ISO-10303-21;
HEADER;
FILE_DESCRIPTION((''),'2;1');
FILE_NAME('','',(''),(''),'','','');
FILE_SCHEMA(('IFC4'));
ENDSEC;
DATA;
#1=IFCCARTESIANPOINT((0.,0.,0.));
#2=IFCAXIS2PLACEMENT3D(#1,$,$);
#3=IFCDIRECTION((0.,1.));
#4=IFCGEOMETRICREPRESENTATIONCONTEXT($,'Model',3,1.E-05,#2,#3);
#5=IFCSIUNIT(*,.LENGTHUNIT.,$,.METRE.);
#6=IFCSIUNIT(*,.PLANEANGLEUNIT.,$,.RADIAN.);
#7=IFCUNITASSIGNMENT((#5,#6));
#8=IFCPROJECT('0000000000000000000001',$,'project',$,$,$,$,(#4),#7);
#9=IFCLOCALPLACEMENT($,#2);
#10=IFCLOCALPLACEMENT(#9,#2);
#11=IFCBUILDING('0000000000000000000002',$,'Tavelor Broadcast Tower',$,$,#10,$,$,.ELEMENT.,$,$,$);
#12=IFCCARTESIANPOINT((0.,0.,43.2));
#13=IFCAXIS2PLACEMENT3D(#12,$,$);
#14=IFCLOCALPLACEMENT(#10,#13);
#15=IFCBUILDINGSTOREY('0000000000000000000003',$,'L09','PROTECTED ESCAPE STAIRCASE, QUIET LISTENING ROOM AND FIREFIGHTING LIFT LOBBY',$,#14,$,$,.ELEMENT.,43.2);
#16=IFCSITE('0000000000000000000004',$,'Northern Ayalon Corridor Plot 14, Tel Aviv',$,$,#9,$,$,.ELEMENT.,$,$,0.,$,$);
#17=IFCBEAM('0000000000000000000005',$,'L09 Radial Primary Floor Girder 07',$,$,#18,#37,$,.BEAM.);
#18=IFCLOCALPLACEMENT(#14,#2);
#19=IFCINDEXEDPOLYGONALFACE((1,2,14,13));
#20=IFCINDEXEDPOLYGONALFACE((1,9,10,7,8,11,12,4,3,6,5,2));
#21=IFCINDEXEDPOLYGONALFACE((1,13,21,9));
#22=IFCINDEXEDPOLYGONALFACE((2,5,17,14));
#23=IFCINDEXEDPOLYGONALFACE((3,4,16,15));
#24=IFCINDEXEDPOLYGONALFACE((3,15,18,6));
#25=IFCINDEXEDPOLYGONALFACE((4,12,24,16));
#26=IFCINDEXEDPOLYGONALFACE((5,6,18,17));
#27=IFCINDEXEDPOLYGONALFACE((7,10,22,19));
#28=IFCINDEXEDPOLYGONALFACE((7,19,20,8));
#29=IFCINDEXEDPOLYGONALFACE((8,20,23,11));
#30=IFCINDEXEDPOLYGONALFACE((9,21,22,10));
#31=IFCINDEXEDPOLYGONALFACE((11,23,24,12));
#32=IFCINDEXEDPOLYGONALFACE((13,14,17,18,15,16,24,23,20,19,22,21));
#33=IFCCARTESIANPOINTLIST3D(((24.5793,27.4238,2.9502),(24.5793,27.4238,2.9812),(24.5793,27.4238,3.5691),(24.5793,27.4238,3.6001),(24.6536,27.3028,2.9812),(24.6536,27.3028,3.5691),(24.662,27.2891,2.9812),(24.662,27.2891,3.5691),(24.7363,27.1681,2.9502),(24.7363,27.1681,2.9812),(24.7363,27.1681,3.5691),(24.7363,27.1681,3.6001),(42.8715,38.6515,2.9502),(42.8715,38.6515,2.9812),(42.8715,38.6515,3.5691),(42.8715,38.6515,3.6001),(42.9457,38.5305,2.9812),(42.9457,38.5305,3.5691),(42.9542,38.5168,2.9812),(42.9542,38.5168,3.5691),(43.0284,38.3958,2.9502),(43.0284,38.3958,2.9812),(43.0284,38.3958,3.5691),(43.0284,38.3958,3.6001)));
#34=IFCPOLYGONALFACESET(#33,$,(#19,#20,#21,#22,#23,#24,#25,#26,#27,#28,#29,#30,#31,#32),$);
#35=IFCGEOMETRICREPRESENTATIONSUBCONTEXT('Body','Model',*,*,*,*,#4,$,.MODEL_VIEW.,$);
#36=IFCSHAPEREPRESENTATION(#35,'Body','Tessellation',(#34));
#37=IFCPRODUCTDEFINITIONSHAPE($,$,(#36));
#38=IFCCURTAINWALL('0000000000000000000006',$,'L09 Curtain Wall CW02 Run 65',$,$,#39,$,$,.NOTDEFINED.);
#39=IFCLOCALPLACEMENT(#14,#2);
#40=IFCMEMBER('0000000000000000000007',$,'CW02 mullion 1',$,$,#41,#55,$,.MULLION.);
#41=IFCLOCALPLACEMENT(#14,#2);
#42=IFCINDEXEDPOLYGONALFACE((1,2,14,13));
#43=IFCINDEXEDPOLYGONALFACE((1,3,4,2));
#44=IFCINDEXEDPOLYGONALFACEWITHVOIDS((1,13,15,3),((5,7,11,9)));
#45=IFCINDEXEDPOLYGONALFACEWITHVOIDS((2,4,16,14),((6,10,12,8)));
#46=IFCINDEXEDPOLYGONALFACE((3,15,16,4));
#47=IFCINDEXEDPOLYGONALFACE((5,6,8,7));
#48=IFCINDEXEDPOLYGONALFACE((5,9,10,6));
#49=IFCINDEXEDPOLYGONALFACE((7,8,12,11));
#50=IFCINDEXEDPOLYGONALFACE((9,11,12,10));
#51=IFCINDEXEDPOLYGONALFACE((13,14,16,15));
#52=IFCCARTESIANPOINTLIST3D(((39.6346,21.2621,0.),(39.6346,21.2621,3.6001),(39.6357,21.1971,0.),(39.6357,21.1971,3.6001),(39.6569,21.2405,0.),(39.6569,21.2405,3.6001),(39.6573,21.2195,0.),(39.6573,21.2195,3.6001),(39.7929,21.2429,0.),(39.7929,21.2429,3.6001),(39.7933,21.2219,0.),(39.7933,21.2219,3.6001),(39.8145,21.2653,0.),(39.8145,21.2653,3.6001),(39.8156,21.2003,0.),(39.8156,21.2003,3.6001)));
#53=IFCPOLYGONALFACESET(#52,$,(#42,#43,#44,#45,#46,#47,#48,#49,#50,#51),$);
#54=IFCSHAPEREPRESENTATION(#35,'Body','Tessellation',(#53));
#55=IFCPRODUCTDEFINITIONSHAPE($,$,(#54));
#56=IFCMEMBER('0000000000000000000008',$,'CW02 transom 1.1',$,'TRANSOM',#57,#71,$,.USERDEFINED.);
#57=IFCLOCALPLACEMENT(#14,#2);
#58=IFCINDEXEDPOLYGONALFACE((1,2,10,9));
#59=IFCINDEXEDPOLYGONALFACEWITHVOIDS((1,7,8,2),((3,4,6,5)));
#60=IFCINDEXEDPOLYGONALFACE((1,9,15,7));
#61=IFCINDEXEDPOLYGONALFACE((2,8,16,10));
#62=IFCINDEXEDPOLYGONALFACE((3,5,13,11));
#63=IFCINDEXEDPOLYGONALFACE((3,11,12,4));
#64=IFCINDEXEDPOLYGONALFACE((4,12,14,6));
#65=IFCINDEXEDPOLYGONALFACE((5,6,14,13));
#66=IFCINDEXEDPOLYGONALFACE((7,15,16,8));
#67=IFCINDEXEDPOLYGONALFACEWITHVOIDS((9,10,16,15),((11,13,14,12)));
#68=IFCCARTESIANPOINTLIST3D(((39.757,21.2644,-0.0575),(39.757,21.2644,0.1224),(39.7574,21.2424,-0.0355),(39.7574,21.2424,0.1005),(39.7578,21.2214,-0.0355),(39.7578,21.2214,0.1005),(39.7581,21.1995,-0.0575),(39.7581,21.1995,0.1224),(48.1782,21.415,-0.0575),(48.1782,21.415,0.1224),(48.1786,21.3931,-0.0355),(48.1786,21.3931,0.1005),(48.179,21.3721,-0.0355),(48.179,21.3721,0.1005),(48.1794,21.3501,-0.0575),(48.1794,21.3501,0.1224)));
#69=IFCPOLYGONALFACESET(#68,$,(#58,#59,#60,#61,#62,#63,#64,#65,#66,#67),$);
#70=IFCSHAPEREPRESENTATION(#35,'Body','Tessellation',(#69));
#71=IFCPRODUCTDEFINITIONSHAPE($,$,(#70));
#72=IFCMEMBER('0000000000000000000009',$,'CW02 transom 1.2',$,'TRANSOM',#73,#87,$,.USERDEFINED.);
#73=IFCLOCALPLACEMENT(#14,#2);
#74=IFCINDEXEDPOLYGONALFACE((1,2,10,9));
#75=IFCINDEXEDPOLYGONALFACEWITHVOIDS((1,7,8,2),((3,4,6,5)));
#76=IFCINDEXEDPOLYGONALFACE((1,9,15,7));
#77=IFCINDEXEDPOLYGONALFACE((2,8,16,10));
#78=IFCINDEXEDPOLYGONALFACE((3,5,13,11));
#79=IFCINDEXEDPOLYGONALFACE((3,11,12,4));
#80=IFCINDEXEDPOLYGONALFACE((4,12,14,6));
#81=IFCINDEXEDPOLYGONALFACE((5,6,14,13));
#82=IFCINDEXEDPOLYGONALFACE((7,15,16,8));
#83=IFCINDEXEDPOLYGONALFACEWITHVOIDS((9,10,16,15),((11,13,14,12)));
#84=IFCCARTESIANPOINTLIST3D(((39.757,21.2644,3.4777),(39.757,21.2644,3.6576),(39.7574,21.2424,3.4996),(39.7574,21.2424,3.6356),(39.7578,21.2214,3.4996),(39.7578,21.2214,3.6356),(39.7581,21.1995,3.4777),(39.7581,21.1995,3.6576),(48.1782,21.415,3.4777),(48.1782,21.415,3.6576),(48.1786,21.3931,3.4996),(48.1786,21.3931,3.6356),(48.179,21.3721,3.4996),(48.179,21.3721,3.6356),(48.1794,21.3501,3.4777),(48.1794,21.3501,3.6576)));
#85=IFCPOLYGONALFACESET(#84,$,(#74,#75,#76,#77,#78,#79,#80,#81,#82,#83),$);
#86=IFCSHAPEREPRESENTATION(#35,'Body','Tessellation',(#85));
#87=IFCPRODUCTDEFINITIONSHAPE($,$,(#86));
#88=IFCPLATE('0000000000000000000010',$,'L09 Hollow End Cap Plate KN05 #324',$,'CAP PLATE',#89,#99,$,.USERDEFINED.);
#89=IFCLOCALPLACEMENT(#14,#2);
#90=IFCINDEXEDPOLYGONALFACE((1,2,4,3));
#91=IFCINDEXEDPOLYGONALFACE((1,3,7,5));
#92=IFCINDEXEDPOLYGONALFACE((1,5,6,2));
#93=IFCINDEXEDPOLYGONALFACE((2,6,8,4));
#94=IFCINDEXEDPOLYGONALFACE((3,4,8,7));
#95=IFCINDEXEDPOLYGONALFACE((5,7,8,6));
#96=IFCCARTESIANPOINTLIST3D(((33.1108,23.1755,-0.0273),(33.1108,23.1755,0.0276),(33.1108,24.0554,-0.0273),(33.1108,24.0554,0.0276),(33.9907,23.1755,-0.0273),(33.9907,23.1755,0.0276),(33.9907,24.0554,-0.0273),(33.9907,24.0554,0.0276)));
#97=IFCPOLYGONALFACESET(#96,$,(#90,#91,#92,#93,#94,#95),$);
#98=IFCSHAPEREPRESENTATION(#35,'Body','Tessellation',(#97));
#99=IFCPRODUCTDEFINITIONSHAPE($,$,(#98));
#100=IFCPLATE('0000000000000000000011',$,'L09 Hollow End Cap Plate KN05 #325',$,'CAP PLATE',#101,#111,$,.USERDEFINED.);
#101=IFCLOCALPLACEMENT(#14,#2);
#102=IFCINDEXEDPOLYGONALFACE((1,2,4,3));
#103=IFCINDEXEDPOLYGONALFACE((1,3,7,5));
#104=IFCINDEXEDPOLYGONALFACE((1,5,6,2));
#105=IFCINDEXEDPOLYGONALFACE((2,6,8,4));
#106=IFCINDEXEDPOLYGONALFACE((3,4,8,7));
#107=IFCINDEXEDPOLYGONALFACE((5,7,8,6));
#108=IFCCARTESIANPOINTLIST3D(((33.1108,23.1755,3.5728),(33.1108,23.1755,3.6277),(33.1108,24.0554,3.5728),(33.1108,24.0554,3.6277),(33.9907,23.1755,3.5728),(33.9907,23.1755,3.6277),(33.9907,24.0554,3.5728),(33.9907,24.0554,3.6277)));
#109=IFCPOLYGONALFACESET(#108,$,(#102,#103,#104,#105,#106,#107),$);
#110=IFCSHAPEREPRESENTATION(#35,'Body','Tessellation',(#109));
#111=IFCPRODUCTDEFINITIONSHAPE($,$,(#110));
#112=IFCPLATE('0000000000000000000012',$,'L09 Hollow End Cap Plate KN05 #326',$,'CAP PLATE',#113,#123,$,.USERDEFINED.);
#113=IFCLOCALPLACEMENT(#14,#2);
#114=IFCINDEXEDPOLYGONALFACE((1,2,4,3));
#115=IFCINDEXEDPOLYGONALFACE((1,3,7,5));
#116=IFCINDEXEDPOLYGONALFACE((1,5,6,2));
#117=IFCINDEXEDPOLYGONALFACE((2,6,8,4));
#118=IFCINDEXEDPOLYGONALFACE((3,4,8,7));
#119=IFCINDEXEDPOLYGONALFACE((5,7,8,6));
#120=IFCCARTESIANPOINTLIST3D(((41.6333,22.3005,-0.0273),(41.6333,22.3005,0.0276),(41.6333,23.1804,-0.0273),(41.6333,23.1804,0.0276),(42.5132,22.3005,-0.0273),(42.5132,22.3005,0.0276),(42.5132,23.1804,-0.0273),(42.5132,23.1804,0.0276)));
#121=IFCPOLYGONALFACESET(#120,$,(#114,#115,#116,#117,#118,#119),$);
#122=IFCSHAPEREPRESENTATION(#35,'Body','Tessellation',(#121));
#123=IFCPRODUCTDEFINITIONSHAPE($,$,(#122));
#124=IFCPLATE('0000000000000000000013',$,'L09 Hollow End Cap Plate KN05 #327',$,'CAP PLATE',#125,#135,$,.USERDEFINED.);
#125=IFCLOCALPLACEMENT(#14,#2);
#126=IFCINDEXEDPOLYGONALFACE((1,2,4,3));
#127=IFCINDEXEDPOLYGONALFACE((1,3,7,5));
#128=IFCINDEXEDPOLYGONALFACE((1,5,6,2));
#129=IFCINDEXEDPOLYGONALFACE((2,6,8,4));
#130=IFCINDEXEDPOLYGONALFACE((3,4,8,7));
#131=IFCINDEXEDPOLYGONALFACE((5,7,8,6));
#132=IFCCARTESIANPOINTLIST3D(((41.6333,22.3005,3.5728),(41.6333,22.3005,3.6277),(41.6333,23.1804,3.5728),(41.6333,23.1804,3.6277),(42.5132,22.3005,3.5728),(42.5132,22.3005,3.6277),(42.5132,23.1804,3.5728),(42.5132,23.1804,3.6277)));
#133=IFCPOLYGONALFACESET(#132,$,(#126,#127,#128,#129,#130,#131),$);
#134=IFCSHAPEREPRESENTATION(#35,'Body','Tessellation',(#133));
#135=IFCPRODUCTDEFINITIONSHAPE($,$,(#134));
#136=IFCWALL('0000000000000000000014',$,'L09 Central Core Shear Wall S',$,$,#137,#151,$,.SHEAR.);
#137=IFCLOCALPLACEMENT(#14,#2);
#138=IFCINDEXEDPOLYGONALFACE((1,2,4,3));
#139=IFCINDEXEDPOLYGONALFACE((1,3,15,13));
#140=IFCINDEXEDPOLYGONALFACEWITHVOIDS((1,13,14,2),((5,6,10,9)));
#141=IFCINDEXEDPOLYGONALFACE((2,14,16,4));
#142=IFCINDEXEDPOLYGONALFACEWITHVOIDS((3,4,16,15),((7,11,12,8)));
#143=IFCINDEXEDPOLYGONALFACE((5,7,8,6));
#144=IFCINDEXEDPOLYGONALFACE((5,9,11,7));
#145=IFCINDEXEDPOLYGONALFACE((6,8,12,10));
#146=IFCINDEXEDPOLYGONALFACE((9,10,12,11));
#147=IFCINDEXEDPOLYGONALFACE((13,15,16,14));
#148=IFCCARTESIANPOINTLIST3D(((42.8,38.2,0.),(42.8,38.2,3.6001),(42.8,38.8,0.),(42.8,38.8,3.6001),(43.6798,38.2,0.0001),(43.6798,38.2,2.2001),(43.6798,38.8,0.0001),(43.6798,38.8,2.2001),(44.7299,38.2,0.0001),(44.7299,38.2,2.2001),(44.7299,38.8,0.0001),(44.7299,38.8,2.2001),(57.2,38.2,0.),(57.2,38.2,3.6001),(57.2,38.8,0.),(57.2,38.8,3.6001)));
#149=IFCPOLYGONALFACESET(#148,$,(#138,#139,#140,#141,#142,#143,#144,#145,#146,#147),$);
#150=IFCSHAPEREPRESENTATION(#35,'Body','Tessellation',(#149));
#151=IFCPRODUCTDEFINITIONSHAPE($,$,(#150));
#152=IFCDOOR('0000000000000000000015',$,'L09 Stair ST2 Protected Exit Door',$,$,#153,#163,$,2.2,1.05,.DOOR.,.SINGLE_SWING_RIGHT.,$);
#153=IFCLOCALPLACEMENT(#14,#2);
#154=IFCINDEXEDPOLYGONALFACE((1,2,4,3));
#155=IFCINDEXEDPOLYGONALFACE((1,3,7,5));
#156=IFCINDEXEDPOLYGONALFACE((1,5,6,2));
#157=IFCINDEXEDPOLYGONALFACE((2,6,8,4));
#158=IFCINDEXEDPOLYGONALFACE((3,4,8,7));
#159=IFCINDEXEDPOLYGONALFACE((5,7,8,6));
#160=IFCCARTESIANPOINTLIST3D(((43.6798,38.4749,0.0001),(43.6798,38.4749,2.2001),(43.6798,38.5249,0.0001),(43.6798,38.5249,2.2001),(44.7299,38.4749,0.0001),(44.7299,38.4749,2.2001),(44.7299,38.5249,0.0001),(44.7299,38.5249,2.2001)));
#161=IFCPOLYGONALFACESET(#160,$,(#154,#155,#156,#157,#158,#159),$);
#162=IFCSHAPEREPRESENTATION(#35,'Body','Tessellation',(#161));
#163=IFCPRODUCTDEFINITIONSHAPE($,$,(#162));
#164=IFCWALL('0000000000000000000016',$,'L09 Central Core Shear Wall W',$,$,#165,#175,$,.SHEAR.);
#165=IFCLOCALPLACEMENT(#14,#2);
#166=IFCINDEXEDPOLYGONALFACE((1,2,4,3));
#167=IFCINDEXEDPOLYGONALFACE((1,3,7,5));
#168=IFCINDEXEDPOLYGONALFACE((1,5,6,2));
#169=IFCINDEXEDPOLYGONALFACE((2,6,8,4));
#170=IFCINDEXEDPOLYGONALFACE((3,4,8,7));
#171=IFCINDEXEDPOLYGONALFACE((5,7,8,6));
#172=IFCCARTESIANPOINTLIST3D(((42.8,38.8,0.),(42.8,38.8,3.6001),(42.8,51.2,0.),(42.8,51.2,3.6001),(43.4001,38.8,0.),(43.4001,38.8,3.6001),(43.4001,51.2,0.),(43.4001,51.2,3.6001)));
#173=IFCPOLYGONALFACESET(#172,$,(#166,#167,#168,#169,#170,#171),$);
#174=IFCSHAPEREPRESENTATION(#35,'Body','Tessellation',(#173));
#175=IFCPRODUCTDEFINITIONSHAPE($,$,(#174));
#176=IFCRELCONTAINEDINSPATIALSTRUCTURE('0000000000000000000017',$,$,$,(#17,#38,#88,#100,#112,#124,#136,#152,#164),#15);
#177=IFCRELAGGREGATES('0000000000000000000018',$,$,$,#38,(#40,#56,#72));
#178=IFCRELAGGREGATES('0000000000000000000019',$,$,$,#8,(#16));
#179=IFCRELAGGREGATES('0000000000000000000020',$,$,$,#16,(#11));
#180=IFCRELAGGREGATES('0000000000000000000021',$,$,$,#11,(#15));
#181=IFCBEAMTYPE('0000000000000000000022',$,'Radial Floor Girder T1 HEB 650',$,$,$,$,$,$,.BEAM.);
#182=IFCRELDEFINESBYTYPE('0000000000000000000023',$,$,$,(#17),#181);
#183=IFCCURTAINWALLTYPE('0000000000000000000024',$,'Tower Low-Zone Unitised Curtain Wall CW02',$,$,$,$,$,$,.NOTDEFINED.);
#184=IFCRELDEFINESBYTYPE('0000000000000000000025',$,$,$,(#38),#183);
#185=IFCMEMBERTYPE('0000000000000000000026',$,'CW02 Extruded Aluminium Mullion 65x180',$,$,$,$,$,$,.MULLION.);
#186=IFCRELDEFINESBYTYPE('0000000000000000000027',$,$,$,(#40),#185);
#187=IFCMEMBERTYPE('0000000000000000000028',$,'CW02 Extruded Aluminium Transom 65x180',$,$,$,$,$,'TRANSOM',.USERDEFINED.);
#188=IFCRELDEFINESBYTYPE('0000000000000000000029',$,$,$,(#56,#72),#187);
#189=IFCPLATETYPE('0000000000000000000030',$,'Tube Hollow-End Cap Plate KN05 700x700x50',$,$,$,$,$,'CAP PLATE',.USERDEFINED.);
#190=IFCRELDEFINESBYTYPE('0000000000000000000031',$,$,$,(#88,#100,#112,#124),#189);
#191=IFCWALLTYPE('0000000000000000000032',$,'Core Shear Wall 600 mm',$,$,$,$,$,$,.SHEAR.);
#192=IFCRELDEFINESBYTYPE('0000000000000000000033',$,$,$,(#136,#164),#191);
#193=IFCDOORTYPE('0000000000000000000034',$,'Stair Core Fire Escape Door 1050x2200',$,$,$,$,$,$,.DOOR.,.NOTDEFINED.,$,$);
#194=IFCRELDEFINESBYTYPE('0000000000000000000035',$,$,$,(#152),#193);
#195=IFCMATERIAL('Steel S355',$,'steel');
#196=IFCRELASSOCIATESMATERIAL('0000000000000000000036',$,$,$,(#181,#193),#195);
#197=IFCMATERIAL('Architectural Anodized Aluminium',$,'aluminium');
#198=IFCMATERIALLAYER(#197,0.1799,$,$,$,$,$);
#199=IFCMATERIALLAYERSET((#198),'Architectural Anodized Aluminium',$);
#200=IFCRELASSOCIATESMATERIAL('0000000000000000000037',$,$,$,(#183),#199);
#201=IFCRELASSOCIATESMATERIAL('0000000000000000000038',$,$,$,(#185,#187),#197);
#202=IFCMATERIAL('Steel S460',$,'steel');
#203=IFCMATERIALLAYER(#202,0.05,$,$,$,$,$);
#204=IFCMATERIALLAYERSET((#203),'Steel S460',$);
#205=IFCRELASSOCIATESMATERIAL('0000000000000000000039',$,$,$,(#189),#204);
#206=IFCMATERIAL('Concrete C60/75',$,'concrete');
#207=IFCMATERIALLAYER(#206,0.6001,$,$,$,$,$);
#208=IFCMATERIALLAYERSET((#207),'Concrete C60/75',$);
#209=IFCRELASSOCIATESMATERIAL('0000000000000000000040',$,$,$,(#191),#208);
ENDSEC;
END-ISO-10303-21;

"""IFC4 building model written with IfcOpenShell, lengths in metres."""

from ifc_helpers import new_model, si_unit, direction, frame, frame_2d, origin, origin_2d, place, context, subcontext, project, spatial, rectangle, hollow_rectangle, i_section, extrude, source, transform, mapped, material, layer, layer_set, material_profile, profile_set, type_object, type_shapes, element, fill, aggregate, save


model = new_model("IFC4")

# Units and contexts
model_context = context("Model", 3, precision=1e-05, world=origin(), true_north=direction((0.0, 1.0)))
body_context = subcontext(model_context, "Body", "Model", "MODEL_VIEW")
ifc_project = project(units=[si_unit("LENGTHUNIT", "METRE"), si_unit("PLANEANGLEUNIT", "RADIAN")], contexts=[model_context])

# Site, building, storey
site_placement = place(None, origin())
site = spatial("IfcSite", under=ifc_project, at=site_placement, Name="Northern Ayalon Corridor Plot 14, Tel Aviv", CompositionType="ELEMENT", RefElevation=0.0)
building_placement = place(site_placement, origin())
building = spatial("IfcBuilding", under=site, at=building_placement, Name="Tavelor Broadcast Tower", CompositionType="ELEMENT")
storey_placement = place(building_placement, frame((0.0, 0.0, 43.2)))
storey = spatial("IfcBuildingStorey", under=building, at=storey_placement, Name="L09", Description="PROTECTED ESCAPE STAIRCASE, QUIET LISTENING ROOM AND FIREFIGHTING LIFT LOBBY", CompositionType="ELEMENT", Elevation=43.2)

# Shared definitions
ifc_material_1 = material(Name="Steel S460", Category="steel")

# Beam
ifc_material_2 = material(Name="Steel S355", Category="steel")
ifc_material_profile_1 = material_profile(ifc_material_2, i_section(OverallWidth=0.3, OverallDepth=0.6499, WebThickness=0.0161, FlangeThickness=0.031, at=origin_2d()), Name="HEB 650")
ifc_profile_set_1 = profile_set([ifc_material_profile_1], Name="Steel S355")
beam_type_1 = type_object("IfcBeamType", Name="Radial Floor Girder T1 HEB 650", PredefinedType="BEAM", material=ifc_profile_set_1)
beam_1_placement = place(storey_placement, frame((42.95, 38.5237, 3.2751), z_axis=(-0.85226, -0.523118, 0.0), x_axis=(0.523118, -0.85226, 0.0)))
element("IfcBeam", 1, at=beam_1_placement, inside=storey, type_object=beam_type_1, Name="L09 Radial Primary Floor Girder 07", PredefinedType="BEAM", context=body_context, shape_type="SweptSolid", body=[
    extrude(i_section(OverallWidth=0.3, OverallDepth=0.6499, WebThickness=0.0161, FlangeThickness=0.031, at=origin_2d()), origin(), (0.0, 0.0, 1.0), 21.4631),
])

# Curtain wall, members
ifc_material_3 = material(Name="Architectural Anodized Aluminium", Category="aluminium")
ifc_layer_1 = layer(ifc_material_3, 0.1799)
ifc_layer_set_1 = layer_set([ifc_layer_1], Name="Architectural Anodized Aluminium")
curtain_wall_type = type_object("IfcCurtainWallType", Name="Tower Low-Zone Unitised Curtain Wall CW02", PredefinedType="NOTDEFINED", material=ifc_layer_set_1)
curtain_wall_placement = place(storey_placement, origin())
curtain_wall = element("IfcCurtainWall", 2, at=curtain_wall_placement, inside=storey, type_object=curtain_wall_type, Name="L09 Curtain Wall CW02 Run 65", PredefinedType="NOTDEFINED")
ifc_material_profile_2 = material_profile(ifc_material_3, hollow_rectangle(XDim=0.0649, YDim=0.1799, WallThickness=0.022, at=origin_2d()), Name="RHS 65x180x22")
ifc_profile_set_2 = profile_set([ifc_material_profile_2], Name="Architectural Anodized Aluminium")
member_type_1 = type_object("IfcMemberType", Name="CW02 Extruded Aluminium Mullion 65x180", PredefinedType="MULLION", material=ifc_profile_set_2)
shared_shape_1 = source(origin(), body_context, "Body", "SweptSolid", [
    extrude(hollow_rectangle(XDim=0.0649, YDim=0.1799, WallThickness=0.022, at=origin_2d()), origin(), (0.0, 0.0, 1.0), 3.6001),
])
type_shapes(member_type_1, [shared_shape_1])
member_1_placement = place(storey_placement, frame((39.7251, 21.2312, 0.0), z_axis=(0.0, 0.0, 1.0), x_axis=(-0.01789, 0.99984, 0.0)))
member_1 = element("IfcMember", 3, at=member_1_placement, type_object=member_type_1, Name="CW02 mullion 1", PredefinedType="MULLION", context=body_context, shape_type="MappedRepresentation", body=[
    mapped(shared_shape_1, transform((0.0, 0.0, 0.0), scale=1.0)),
])
ifc_material_profile_3 = material_profile(ifc_material_3, hollow_rectangle(XDim=0.0649, YDim=0.1799, WallThickness=0.022, at=origin_2d()), Name="RHS 65x180x22")
ifc_profile_set_3 = profile_set([ifc_material_profile_3], Name="Architectural Anodized Aluminium")
member_type_2 = type_object("IfcMemberType", Name="CW02 Extruded Aluminium Transom 65x180", ElementType="TRANSOM", PredefinedType="USERDEFINED", material=ifc_profile_set_3)
shared_shape_2 = source(origin(), body_context, "Body", "SweptSolid", [
    extrude(hollow_rectangle(XDim=0.0649, YDim=0.1799, WallThickness=0.022, at=origin_2d()), origin(), (0.0, 0.0, 1.0), 8.4226),
])
type_shapes(member_type_2, [shared_shape_2])
member_2_placement = place(storey_placement, frame((39.7576, 21.2319, 0.0325), z_axis=(0.99984, 0.017885, 0.0), x_axis=(-0.017885, 0.99984, 0.0)))
member_2 = element("IfcMember", 4, at=member_2_placement, type_object=member_type_2, Name="CW02 transom 1.1", ObjectType="TRANSOM", PredefinedType="USERDEFINED", context=body_context, shape_type="MappedRepresentation", body=[
    mapped(shared_shape_2, transform((0.0, 0.0, 0.0), scale=1.0)),
])
member_3_placement = place(storey_placement, frame((39.7576, 21.2319, 3.5676), z_axis=(0.99984, 0.017885, 0.0), x_axis=(-0.017885, 0.99984, 0.0)))
member_3 = element("IfcMember", 5, at=member_3_placement, type_object=member_type_2, Name="CW02 transom 1.2", ObjectType="TRANSOM", PredefinedType="USERDEFINED", context=body_context, shape_type="MappedRepresentation", body=[
    mapped(shared_shape_2, transform((0.0, 0.0, 0.0), scale=1.0)),
])
aggregate(curtain_wall, [member_1, member_2, member_3])

# Plates
ifc_layer_2 = layer(ifc_material_1, 0.05)
ifc_layer_set_2 = layer_set([ifc_layer_2], Name="Steel S460")
plate_type = type_object("IfcPlateType", Name="Tube Hollow-End Cap Plate KN05 700x700x50", ElementType="CAP PLATE", PredefinedType="USERDEFINED", material=ifc_layer_set_2)
shared_shape_3 = source(origin(), body_context, "Body", "SweptSolid", [
    extrude(rectangle(XDim=0.8799, YDim=0.8799, at=origin_2d()), origin(), (0.0, 0.0, 1.0), 0.0549),
])
type_shapes(plate_type, [shared_shape_3])
for number, where, z_axis, x_axis, name in (
    (6, (33.5508, 23.6155, -0.0273), (0.0, 0.0, 1.0), (1.0, 0.0, 0.0), "L09 Hollow End Cap Plate KN05 #324"),
    (7, (33.5508, 23.6155, 3.5728), (0.0, 0.0, 1.0), (1.0, 0.0, 0.0), "L09 Hollow End Cap Plate KN05 #325"),
    (8, (42.0732, 22.7405, -0.0273), (0.0, 0.0, 1.0), (1.0, 0.0, 0.0), "L09 Hollow End Cap Plate KN05 #326"),
    (9, (42.0732, 22.7405, 3.5728), (0.0, 0.0, 1.0), (1.0, 0.0, 0.0), "L09 Hollow End Cap Plate KN05 #327"),
):
    element("IfcPlate", number, at=place(storey_placement, frame(where, z_axis=z_axis, x_axis=x_axis)), inside=storey, type_object=plate_type, Name=name, ObjectType="CAP PLATE", PredefinedType="USERDEFINED", context=body_context, shape_type="MappedRepresentation", body=[
        mapped(shared_shape_3, transform((0.0, 0.0, 0.0), scale=1.0)),
    ])

# Wall, opening, door
ifc_material_4 = material(Name="Concrete C60/75", Category="concrete")
ifc_layer_3 = layer(ifc_material_4, 0.6001)
ifc_layer_set_3 = layer_set([ifc_layer_3], Name="Concrete C60/75")
wall_type_1 = type_object("IfcWallType", Name="Core Shear Wall 600 mm", PredefinedType="SHEAR", material=ifc_layer_set_3)
wall_1_placement = place(storey_placement, frame((42.8, 38.5, 0.0), z_axis=(0.0, 0.0, 1.0), x_axis=(1.0, 0.0, 0.0)))
wall_1 = element("IfcWall", 10, at=wall_1_placement, inside=storey, type_object=wall_type_1, Name="L09 Central Core Shear Wall S", PredefinedType="SHEAR", context=body_context, shape_type="SweptSolid", body=[
    extrude(rectangle(XDim=14.3999, YDim=0.6001, at=frame_2d((7.2, 0.0))), origin(), (0.0, 0.0, 1.0), 3.6001),
])
opening_1_placement = place(wall_1_placement, frame((0.8799, 0.0, 0.0)))
opening_1 = element("IfcOpeningElement", 11, at=opening_1_placement, cuts=wall_1, PredefinedType="OPENING", context=body_context, shape_type="SweptSolid", body=[
    extrude(rectangle(XDim=1.05, YDim=2.2, at=frame_2d((0.5249, 1.1001))), frame((0.0, 0.3101, 0.0), z_axis=(0.0, -1.0, 0.0), x_axis=(1.0, 0.0, 0.0)), (0.0, 0.0, 1.0), 0.6201),
])
door_type_1 = type_object("IfcDoorType", Name="Stair Core Fire Escape Door 1050x2200", OperationType="NOTDEFINED", PredefinedType="DOOR", material=ifc_material_2)
door_1_placement = place(opening_1_placement, origin())
door_1 = element("IfcDoor", 12, at=door_1_placement, inside=storey, type_object=door_type_1, Name="L09 Stair ST2 Protected Exit Door", OperationType="SINGLE_SWING_RIGHT", OverallHeight=2.2, OverallWidth=1.05, PredefinedType="DOOR", context=body_context, shape_type="SweptSolid", body=[
    extrude(rectangle(XDim=1.05, YDim=2.2, at=frame_2d((0.5249, 1.1001))), frame((0.0, 0.0249, 0.0), z_axis=(0.0, -1.0, 0.0), x_axis=(1.0, 0.0, 0.0)), (0.0, 0.0, 1.0), 0.05),
])
fill(opening_1, door_1)

# Wall
wall_2_placement = place(storey_placement, frame((43.1001, 38.8, 0.0), z_axis=(0.0, 0.0, 1.0), x_axis=(0.0, 1.0, 0.0)))
element("IfcWall", 13, at=wall_2_placement, inside=storey, type_object=wall_type_1, Name="L09 Central Core Shear Wall W", PredefinedType="SHEAR", context=body_context, shape_type="SweptSolid", body=[
    extrude(rectangle(XDim=12.3999, YDim=0.6001, at=frame_2d((6.2, 0.0))), origin(), (0.0, 0.0, 1.0), 3.6001),
])

save(model, "model.ifc")
